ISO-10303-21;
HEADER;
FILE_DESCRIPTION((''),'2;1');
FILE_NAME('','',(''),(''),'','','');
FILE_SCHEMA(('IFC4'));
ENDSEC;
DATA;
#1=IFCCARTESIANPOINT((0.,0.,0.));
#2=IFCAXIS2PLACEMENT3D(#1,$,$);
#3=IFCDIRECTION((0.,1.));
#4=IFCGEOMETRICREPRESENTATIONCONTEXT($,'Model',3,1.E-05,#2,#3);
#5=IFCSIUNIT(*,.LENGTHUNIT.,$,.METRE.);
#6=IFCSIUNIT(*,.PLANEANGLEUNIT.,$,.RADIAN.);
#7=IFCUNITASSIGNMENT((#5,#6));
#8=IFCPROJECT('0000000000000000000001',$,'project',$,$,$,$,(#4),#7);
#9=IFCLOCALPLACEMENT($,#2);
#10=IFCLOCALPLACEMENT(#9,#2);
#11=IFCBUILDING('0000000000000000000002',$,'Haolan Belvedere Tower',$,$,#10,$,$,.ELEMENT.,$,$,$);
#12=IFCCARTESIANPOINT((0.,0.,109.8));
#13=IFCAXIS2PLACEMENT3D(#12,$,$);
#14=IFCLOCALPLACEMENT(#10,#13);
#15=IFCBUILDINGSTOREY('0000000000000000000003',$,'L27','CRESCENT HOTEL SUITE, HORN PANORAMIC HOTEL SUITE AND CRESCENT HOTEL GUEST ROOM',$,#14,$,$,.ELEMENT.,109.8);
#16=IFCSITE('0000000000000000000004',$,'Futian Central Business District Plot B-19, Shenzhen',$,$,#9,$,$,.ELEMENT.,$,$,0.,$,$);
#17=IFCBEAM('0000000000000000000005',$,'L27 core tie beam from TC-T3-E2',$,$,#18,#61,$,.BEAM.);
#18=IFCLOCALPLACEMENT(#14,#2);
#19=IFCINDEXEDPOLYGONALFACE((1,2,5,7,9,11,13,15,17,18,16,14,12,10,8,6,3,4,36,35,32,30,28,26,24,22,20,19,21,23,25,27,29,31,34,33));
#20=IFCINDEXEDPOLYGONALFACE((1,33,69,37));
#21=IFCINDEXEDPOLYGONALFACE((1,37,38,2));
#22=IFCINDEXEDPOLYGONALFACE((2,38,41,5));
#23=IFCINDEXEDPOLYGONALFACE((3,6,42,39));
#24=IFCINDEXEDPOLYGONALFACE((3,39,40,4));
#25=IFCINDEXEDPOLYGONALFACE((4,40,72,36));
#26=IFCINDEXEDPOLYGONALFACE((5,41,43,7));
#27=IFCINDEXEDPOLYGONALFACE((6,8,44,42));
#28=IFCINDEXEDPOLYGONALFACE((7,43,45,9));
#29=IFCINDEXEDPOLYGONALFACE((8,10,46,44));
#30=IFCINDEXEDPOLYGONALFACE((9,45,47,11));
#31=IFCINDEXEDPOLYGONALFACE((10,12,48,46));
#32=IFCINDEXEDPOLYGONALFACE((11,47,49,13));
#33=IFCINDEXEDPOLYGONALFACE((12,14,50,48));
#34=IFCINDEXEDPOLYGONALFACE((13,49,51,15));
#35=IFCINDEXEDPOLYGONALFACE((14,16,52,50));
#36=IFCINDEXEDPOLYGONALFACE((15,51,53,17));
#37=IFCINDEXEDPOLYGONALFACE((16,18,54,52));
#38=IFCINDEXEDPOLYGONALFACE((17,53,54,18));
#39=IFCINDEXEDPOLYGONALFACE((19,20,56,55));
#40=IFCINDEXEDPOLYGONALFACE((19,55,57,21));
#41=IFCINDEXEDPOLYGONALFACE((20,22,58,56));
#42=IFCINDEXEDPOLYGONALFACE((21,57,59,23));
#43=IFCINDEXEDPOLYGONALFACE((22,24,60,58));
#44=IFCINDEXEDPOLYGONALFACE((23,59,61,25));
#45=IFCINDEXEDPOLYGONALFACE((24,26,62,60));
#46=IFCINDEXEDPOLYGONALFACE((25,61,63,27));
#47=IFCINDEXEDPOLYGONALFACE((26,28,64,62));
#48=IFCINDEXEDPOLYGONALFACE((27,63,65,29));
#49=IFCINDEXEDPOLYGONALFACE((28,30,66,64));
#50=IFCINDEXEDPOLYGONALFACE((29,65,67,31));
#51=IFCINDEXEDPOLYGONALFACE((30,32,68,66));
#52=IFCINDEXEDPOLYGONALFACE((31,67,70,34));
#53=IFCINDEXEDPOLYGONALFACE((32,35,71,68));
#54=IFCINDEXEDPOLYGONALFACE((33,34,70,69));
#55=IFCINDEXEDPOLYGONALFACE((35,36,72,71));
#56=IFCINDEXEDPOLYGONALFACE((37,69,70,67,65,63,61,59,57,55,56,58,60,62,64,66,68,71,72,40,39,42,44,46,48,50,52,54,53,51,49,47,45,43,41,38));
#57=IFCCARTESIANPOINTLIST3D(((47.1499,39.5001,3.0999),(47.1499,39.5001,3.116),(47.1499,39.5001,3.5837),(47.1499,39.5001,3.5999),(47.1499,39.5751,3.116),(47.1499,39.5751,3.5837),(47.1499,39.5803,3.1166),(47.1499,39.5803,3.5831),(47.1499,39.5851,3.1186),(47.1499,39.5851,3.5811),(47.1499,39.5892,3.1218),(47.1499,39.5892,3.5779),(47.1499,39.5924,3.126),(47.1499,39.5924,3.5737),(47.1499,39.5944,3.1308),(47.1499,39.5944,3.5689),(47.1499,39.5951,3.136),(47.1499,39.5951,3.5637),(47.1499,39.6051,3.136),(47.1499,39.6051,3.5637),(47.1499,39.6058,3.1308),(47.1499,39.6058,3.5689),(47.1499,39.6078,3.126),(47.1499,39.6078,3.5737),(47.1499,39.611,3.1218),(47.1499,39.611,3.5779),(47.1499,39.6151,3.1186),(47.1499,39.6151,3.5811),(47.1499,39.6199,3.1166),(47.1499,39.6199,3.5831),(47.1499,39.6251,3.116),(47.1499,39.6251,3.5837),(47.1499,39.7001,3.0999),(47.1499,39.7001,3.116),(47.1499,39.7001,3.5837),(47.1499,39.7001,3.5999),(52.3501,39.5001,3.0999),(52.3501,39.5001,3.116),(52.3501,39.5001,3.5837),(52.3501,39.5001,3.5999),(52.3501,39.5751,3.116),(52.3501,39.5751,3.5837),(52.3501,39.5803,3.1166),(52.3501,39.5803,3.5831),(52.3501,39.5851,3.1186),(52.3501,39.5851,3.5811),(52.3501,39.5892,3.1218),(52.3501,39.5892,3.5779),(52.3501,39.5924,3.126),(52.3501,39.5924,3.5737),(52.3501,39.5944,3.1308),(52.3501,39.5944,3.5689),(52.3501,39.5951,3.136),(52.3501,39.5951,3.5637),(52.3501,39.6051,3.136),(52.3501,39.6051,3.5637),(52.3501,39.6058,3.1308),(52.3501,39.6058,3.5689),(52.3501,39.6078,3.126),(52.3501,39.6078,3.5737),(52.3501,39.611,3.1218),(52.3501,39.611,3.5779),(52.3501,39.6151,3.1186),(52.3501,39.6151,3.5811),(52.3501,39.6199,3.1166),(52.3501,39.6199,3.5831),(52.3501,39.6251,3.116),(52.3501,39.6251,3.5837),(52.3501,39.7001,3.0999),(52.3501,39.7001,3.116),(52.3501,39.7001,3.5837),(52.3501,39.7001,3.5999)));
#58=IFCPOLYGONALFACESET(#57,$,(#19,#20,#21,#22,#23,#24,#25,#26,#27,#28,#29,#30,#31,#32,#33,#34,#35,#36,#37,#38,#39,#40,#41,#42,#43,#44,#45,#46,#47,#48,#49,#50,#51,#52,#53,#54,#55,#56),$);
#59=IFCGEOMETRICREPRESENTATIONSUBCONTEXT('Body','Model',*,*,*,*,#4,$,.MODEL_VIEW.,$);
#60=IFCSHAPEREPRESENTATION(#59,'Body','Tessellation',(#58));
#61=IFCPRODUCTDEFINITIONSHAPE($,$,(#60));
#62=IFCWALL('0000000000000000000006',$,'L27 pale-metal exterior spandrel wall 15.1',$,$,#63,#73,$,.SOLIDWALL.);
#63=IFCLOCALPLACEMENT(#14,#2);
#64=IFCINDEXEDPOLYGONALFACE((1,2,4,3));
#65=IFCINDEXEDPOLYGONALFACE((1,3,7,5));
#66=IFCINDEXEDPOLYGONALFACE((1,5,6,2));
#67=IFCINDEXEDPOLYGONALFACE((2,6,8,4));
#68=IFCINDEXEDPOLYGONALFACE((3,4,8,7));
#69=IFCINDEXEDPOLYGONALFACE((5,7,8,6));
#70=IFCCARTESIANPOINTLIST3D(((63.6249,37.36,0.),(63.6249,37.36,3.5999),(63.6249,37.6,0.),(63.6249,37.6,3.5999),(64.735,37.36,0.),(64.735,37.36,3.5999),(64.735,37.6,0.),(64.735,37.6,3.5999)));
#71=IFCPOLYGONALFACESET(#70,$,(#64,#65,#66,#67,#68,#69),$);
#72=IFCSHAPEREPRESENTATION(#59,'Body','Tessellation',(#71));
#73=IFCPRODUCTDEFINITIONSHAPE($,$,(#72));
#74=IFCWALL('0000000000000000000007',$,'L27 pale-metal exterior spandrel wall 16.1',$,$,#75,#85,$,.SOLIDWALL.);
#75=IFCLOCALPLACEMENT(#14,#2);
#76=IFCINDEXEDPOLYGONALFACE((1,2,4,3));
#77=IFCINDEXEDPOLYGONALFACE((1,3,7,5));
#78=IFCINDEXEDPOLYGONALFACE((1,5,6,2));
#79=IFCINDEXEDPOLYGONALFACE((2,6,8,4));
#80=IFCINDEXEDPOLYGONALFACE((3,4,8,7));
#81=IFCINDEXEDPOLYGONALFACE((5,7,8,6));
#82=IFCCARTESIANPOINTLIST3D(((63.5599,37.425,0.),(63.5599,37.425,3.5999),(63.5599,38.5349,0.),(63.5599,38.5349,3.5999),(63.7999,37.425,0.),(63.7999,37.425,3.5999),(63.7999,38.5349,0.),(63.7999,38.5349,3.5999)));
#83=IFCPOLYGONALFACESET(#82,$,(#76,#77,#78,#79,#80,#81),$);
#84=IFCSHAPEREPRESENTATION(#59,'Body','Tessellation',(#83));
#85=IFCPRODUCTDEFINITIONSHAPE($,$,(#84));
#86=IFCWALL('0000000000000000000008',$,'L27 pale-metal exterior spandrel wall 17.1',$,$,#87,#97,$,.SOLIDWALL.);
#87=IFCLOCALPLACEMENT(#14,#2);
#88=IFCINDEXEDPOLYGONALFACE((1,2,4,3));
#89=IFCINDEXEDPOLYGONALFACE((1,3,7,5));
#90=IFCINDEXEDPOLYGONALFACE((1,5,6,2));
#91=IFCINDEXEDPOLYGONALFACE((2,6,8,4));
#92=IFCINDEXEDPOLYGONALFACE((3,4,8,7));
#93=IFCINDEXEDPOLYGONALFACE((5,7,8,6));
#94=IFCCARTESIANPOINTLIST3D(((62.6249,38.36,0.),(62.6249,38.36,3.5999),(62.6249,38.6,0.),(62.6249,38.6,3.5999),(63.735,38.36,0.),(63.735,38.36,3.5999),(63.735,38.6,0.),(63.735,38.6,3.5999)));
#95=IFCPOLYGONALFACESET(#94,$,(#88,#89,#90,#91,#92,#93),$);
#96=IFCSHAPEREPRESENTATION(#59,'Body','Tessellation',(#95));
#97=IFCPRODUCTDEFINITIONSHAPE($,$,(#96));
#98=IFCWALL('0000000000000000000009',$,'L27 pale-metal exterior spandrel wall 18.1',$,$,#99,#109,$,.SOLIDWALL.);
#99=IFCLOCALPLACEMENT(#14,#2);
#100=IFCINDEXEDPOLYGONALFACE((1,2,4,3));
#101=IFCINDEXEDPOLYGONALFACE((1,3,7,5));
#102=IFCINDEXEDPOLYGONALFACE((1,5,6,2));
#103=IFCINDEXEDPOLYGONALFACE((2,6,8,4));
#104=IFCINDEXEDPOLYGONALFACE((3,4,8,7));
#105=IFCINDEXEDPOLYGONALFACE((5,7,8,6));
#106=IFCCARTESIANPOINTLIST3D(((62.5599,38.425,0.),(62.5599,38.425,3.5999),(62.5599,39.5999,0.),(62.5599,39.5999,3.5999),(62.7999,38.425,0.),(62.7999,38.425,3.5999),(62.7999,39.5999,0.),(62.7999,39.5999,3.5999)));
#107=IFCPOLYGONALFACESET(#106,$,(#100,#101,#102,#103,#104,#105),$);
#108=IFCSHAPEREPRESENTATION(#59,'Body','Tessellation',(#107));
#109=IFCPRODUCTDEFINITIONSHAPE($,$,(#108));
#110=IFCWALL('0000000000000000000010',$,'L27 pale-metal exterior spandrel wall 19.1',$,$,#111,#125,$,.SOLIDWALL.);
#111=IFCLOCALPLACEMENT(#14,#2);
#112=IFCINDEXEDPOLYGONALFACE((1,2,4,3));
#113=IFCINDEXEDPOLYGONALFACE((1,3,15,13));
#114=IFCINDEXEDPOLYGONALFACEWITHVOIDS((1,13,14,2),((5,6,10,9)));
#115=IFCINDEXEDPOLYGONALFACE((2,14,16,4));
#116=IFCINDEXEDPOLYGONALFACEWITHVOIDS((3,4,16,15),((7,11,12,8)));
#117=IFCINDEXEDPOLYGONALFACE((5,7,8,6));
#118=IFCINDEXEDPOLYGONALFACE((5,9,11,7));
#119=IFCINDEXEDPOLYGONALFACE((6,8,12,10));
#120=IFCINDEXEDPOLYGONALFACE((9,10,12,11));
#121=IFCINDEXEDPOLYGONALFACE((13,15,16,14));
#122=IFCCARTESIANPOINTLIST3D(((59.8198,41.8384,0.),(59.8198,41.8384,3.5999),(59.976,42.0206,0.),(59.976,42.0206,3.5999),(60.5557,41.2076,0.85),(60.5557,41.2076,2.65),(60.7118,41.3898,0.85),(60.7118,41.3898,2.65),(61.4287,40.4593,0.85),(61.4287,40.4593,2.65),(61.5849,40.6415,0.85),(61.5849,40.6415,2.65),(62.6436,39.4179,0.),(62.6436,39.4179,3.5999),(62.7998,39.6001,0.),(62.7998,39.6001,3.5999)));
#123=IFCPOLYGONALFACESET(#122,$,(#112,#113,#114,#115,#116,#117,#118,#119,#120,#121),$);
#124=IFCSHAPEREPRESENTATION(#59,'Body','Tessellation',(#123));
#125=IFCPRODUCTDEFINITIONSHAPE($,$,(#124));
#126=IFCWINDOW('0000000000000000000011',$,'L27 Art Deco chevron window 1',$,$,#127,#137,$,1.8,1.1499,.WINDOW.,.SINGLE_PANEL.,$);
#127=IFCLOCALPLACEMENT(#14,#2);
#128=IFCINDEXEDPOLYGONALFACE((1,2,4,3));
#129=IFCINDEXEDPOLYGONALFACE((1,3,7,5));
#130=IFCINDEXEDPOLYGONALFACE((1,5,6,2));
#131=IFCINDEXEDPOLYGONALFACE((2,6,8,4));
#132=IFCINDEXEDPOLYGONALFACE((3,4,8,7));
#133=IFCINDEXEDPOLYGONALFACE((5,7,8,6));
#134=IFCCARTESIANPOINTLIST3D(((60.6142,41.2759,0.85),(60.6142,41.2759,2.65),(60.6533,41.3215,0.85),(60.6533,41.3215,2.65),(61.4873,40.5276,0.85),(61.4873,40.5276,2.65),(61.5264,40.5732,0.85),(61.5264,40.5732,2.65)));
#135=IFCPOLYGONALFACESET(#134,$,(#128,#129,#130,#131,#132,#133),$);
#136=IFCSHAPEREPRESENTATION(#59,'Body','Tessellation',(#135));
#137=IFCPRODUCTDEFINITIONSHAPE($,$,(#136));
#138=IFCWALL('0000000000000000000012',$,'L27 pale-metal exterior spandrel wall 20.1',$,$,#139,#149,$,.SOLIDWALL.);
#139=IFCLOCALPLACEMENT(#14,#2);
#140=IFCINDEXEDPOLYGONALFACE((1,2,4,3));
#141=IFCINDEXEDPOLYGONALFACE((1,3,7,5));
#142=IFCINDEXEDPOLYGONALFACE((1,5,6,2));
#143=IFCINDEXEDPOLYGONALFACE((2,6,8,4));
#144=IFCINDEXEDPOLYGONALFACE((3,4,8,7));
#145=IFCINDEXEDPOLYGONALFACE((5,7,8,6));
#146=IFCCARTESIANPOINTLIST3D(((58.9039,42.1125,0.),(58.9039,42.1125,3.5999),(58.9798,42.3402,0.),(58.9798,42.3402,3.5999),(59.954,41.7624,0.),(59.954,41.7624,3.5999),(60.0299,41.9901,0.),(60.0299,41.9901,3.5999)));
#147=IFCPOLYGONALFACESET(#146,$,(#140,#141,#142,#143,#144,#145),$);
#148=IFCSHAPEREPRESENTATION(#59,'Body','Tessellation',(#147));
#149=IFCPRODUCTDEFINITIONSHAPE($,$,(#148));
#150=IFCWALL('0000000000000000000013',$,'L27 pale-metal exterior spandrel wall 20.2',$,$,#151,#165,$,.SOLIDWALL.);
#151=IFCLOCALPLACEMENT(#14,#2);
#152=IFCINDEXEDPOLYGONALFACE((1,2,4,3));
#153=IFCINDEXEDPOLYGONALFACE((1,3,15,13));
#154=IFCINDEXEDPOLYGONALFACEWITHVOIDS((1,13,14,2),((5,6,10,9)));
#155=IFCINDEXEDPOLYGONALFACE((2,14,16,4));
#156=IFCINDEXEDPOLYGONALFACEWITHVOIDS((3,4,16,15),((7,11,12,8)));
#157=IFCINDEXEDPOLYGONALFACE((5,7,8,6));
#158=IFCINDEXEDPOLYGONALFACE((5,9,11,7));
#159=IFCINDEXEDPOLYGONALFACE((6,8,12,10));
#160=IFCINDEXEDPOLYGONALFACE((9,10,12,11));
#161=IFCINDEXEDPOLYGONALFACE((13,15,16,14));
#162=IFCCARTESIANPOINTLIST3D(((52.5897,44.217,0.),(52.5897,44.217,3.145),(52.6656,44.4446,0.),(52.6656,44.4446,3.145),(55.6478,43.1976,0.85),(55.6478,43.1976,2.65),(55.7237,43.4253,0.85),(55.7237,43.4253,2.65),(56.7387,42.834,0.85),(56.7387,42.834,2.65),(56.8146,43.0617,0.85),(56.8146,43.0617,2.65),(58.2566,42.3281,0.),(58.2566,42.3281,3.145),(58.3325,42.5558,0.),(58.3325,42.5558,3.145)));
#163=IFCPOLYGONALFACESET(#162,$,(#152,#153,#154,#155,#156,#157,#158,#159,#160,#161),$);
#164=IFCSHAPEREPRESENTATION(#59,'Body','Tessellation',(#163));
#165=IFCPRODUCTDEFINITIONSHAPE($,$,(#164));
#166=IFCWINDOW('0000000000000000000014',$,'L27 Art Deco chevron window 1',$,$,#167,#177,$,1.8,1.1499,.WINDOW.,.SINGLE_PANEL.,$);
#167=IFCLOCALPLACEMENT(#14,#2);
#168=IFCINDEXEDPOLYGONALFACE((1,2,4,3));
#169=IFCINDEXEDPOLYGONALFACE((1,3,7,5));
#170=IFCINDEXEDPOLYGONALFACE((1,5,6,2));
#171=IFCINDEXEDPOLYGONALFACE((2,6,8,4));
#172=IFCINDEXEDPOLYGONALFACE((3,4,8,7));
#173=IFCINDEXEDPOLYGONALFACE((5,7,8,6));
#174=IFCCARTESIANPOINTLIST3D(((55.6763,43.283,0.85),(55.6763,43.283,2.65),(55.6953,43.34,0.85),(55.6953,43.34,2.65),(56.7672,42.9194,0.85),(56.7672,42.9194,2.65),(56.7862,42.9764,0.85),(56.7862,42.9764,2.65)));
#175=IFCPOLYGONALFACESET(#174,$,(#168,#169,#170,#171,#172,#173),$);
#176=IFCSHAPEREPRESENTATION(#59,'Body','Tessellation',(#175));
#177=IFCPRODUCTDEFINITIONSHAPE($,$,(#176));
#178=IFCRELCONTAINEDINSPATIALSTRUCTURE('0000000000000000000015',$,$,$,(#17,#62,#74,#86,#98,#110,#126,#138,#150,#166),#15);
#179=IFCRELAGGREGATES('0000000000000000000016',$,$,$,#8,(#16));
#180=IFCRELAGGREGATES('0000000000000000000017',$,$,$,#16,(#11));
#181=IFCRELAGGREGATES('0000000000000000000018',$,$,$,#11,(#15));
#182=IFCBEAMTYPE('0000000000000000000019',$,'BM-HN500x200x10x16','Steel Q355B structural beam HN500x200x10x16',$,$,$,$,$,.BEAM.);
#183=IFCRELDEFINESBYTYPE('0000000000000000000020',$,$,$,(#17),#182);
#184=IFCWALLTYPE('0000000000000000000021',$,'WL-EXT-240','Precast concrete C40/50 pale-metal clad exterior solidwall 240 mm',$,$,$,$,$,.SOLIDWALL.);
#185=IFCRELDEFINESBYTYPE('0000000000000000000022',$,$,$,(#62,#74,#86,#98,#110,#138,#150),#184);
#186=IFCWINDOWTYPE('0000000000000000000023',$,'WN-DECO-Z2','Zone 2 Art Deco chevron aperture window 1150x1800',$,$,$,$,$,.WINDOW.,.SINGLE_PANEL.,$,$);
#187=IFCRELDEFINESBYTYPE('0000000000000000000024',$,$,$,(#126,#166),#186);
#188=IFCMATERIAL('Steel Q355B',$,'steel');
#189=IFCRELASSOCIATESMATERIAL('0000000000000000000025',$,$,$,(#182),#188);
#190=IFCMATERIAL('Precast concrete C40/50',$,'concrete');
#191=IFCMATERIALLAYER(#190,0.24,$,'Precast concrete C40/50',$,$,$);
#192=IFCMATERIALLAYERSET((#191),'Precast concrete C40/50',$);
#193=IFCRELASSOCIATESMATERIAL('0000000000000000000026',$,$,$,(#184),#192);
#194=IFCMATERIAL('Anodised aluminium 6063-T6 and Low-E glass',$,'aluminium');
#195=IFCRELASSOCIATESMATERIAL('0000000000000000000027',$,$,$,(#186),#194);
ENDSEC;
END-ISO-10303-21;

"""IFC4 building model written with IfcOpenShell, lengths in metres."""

from ifc_helpers import new_model, si_unit, direction, frame, frame_2d, origin, origin_2d, place, context, subcontext, project, spatial, rectangle, i_section, extrude, material, layer, layer_set, material_profile, profile_set, type_object, element, fill, save


model = new_model("IFC4")

# Units and contexts
model_context = context("Model", 3, precision=1e-05, world=origin(), true_north=direction((0.0, 1.0)))
body_context = subcontext(model_context, "Body", "Model", "MODEL_VIEW")
ifc_project = project(units=[si_unit("LENGTHUNIT", "METRE"), si_unit("PLANEANGLEUNIT", "RADIAN")], contexts=[model_context])

# Site, building, storey
site_placement = place(None, origin())
site = spatial("IfcSite", under=ifc_project, at=site_placement, Name="Futian Central Business District Plot B-19, Shenzhen", CompositionType="ELEMENT", RefElevation=0.0)
building_placement = place(site_placement, origin())
building = spatial("IfcBuilding", under=site, at=building_placement, Name="Haolan Belvedere Tower", CompositionType="ELEMENT")
storey_placement = place(building_placement, frame((0.0, 0.0, 109.8)))
storey = spatial("IfcBuildingStorey", under=building, at=storey_placement, Name="L27", Description="CRESCENT HOTEL SUITE, HORN PANORAMIC HOTEL SUITE AND CRESCENT HOTEL GUEST ROOM", CompositionType="ELEMENT", Elevation=109.8)

# Beam
ifc_material_1 = material(Name="Steel Q355B", Category="steel")
ifc_material_profile_1 = material_profile(ifc_material_1, i_section(OverallWidth=0.2, OverallDepth=0.5, WebThickness=0.01, FlangeThickness=0.0161, FilletRadius=0.02, at=origin_2d()), Name="Steel Q355B")
ifc_profile_set_1 = profile_set([ifc_material_profile_1], Name="Steel Q355B")
beam_type_1 = type_object("IfcBeamType", Name="BM-HN500x200x10x16", Description="Steel Q355B structural beam HN500x200x10x16", PredefinedType="BEAM", material=ifc_profile_set_1)
beam_1_placement = place(storey_placement, frame((52.3501, 39.6001, 3.3499), z_axis=(-1.0, 0.0, 0.0), x_axis=(0.0, -1.0, 0.0)))
element("IfcBeam", 1, at=beam_1_placement, inside=storey, type_object=beam_type_1, Name="L27 core tie beam from TC-T3-E2", PredefinedType="BEAM", context=body_context, shape_type="SweptSolid", body=[
    extrude(i_section(OverallWidth=0.2, OverallDepth=0.5, WebThickness=0.01, FlangeThickness=0.0161, FilletRadius=0.02, at=origin_2d()), origin(), (0.0, 0.0, 1.0), 5.2002),
])

# Walls
ifc_material_2 = material(Name="Precast concrete C40/50", Category="concrete")
ifc_layer_1 = layer(ifc_material_2, 0.24, Name="Precast concrete C40/50")
ifc_layer_set_1 = layer_set([ifc_layer_1], Name="Precast concrete C40/50")
wall_type_1 = type_object("IfcWallType", Name="WL-EXT-240", Description="Precast concrete C40/50 pale-metal clad exterior solidwall 240 mm", PredefinedType="SOLIDWALL", material=ifc_layer_set_1)
wall_1_placement = place(storey_placement, frame((64.7351, 37.48, 0.0), z_axis=(0.0, 0.0, 1.0), x_axis=(-1.0, 0.0, 0.0)))
element("IfcWall", 2, at=wall_1_placement, inside=storey, type_object=wall_type_1, Name="L27 pale-metal exterior spandrel wall 15.1", PredefinedType="SOLIDWALL", context=body_context, shape_type="SweptSolid", body=[
    extrude(rectangle(XDim=1.1101, YDim=0.24, at=frame_2d((0.5552, 0.0))), origin(), (0.0, 0.0, 1.0), 3.5999),
])
wall_2_placement = place(storey_placement, frame((63.6799, 37.425, 0.0), z_axis=(0.0, 0.0, 1.0), x_axis=(0.0, 1.0, 0.0)))
element("IfcWall", 3, at=wall_2_placement, inside=storey, type_object=wall_type_1, Name="L27 pale-metal exterior spandrel wall 16.1", PredefinedType="SOLIDWALL", context=body_context, shape_type="SweptSolid", body=[
    extrude(rectangle(XDim=1.1099, YDim=0.24, at=frame_2d((0.5549, 0.0))), origin(), (0.0, 0.0, 1.0), 3.5999),
])
wall_3_placement = place(storey_placement, frame((63.7351, 38.48, 0.0), z_axis=(0.0, 0.0, 1.0), x_axis=(-1.0, 0.0, 0.0)))
element("IfcWall", 4, at=wall_3_placement, inside=storey, type_object=wall_type_1, Name="L27 pale-metal exterior spandrel wall 17.1", PredefinedType="SOLIDWALL", context=body_context, shape_type="SweptSolid", body=[
    extrude(rectangle(XDim=1.1101, YDim=0.24, at=frame_2d((0.5552, 0.0))), origin(), (0.0, 0.0, 1.0), 3.5999),
])
wall_4_placement = place(storey_placement, frame((62.6799, 38.425, 0.0), z_axis=(0.0, 0.0, 1.0), x_axis=(0.0, 1.0, 0.0)))
element("IfcWall", 5, at=wall_4_placement, inside=storey, type_object=wall_type_1, Name="L27 pale-metal exterior spandrel wall 18.1", PredefinedType="SOLIDWALL", context=body_context, shape_type="SweptSolid", body=[
    extrude(rectangle(XDim=1.1748, YDim=0.24, at=frame_2d((0.5874, 0.0))), origin(), (0.0, 0.0, 1.0), 3.5999),
])

# Wall, opening, window
wall_5_placement = place(storey_placement, frame((62.7217, 39.509, 0.0), z_axis=(0.0, 0.0, 1.0), x_axis=(-0.759247, 0.650802, 0.0)))
wall_5 = element("IfcWall", 6, at=wall_5_placement, inside=storey, type_object=wall_type_1, Name="L27 pale-metal exterior spandrel wall 19.1", PredefinedType="SOLIDWALL", context=body_context, shape_type="SweptSolid", body=[
    extrude(rectangle(XDim=3.7192, YDim=0.24, at=frame_2d((1.8596, 0.0))), origin(), (0.0, 0.0, 1.0), 3.5999),
])
opening_1_placement = place(wall_5_placement, frame((1.6001, 0.0, 0.8501)))
opening_1 = element("IfcOpeningElement", 7, at=opening_1_placement, cuts=wall_5, PredefinedType="OPENING", context=body_context, shape_type="SweptSolid", body=[
    extrude(rectangle(XDim=1.1499, YDim=1.8, at=frame_2d((0.575, 0.8999))), frame((0.0, 0.1299, 0.0), z_axis=(0.0, -1.0, 0.0), x_axis=(1.0, 0.0, 0.0)), (0.0, 0.0, 1.0), 0.26),
])
ifc_material_3 = material(Name="Anodised aluminium 6063-T6 and Low-E glass", Category="aluminium")
window_type = type_object("IfcWindowType", Name="WN-DECO-Z2", Description="Zone 2 Art Deco chevron aperture window 1150x1800", PartitioningType="SINGLE_PANEL", PredefinedType="WINDOW", material=ifc_material_3)
window_1_placement = place(opening_1_placement, origin())
window_1 = element("IfcWindow", 8, at=window_1_placement, inside=storey, type_object=window_type, Name="L27 Art Deco chevron window 1", OverallHeight=1.8, OverallWidth=1.1499, PartitioningType="SINGLE_PANEL", PredefinedType="WINDOW", context=body_context, shape_type="SweptSolid", body=[
    extrude(rectangle(XDim=1.1499, YDim=1.8, at=frame_2d((0.575, 0.8999))), frame((0.0, 0.03, 0.0), z_axis=(0.0, -1.0, 0.0), x_axis=(1.0, 0.0, 0.0)), (0.0, 0.0, 1.0), 0.0601),
])
fill(opening_1, window_1)

# Wall
wall_6_placement = place(storey_placement, frame((59.9919, 41.8762, 0.0), z_axis=(0.0, 0.0, 1.0), x_axis=(-0.948661, 0.316294, 0.0)))
element("IfcWall", 9, at=wall_6_placement, inside=storey, type_object=wall_type_1, Name="L27 pale-metal exterior spandrel wall 20.1", PredefinedType="SOLIDWALL", context=body_context, shape_type="SweptSolid", body=[
    extrude(rectangle(XDim=1.1069, YDim=0.24, at=frame_2d((0.5535, 0.0))), origin(), (0.0, 0.0, 1.0), 3.5999),
])

# Wall, opening, window
wall_7_placement = place(storey_placement, frame((58.2947, 42.4419, 0.0), z_axis=(0.0, 0.0, 1.0), x_axis=(-0.948687, 0.316216, 0.0)))
wall_7 = element("IfcWall", 10, at=wall_7_placement, inside=storey, type_object=wall_type_1, Name="L27 pale-metal exterior spandrel wall 20.2", PredefinedType="SOLIDWALL", context=body_context, shape_type="SweptSolid", body=[
    extrude(rectangle(XDim=5.9734, YDim=0.24, at=frame_2d((2.9868, 0.0))), origin(), (0.0, 0.0, 1.0), 3.145),
])
opening_2_placement = place(wall_7_placement, frame((1.6001, 0.0, 0.8501)))
opening_2 = element("IfcOpeningElement", 11, at=opening_2_placement, cuts=wall_7, PredefinedType="OPENING", context=body_context, shape_type="SweptSolid", body=[
    extrude(rectangle(XDim=1.1499, YDim=1.8, at=frame_2d((0.575, 0.8999))), frame((0.0, 0.1299, 0.0), z_axis=(0.0, -1.0, 0.0), x_axis=(1.0, 0.0, 0.0)), (0.0, 0.0, 1.0), 0.26),
])
window_2_placement = place(opening_2_placement, origin())
window_2 = element("IfcWindow", 12, at=window_2_placement, inside=storey, type_object=window_type, Name="L27 Art Deco chevron window 1", OverallHeight=1.8, OverallWidth=1.1499, PartitioningType="SINGLE_PANEL", PredefinedType="WINDOW", context=body_context, shape_type="SweptSolid", body=[
    extrude(rectangle(XDim=1.1499, YDim=1.8, at=frame_2d((0.575, 0.8999))), frame((0.0, 0.03, 0.0), z_axis=(0.0, -1.0, 0.0), x_axis=(1.0, 0.0, 0.0)), (0.0, 0.0, 1.0), 0.0601),
])
fill(opening_2, window_2)

save(model, "model.ifc")
